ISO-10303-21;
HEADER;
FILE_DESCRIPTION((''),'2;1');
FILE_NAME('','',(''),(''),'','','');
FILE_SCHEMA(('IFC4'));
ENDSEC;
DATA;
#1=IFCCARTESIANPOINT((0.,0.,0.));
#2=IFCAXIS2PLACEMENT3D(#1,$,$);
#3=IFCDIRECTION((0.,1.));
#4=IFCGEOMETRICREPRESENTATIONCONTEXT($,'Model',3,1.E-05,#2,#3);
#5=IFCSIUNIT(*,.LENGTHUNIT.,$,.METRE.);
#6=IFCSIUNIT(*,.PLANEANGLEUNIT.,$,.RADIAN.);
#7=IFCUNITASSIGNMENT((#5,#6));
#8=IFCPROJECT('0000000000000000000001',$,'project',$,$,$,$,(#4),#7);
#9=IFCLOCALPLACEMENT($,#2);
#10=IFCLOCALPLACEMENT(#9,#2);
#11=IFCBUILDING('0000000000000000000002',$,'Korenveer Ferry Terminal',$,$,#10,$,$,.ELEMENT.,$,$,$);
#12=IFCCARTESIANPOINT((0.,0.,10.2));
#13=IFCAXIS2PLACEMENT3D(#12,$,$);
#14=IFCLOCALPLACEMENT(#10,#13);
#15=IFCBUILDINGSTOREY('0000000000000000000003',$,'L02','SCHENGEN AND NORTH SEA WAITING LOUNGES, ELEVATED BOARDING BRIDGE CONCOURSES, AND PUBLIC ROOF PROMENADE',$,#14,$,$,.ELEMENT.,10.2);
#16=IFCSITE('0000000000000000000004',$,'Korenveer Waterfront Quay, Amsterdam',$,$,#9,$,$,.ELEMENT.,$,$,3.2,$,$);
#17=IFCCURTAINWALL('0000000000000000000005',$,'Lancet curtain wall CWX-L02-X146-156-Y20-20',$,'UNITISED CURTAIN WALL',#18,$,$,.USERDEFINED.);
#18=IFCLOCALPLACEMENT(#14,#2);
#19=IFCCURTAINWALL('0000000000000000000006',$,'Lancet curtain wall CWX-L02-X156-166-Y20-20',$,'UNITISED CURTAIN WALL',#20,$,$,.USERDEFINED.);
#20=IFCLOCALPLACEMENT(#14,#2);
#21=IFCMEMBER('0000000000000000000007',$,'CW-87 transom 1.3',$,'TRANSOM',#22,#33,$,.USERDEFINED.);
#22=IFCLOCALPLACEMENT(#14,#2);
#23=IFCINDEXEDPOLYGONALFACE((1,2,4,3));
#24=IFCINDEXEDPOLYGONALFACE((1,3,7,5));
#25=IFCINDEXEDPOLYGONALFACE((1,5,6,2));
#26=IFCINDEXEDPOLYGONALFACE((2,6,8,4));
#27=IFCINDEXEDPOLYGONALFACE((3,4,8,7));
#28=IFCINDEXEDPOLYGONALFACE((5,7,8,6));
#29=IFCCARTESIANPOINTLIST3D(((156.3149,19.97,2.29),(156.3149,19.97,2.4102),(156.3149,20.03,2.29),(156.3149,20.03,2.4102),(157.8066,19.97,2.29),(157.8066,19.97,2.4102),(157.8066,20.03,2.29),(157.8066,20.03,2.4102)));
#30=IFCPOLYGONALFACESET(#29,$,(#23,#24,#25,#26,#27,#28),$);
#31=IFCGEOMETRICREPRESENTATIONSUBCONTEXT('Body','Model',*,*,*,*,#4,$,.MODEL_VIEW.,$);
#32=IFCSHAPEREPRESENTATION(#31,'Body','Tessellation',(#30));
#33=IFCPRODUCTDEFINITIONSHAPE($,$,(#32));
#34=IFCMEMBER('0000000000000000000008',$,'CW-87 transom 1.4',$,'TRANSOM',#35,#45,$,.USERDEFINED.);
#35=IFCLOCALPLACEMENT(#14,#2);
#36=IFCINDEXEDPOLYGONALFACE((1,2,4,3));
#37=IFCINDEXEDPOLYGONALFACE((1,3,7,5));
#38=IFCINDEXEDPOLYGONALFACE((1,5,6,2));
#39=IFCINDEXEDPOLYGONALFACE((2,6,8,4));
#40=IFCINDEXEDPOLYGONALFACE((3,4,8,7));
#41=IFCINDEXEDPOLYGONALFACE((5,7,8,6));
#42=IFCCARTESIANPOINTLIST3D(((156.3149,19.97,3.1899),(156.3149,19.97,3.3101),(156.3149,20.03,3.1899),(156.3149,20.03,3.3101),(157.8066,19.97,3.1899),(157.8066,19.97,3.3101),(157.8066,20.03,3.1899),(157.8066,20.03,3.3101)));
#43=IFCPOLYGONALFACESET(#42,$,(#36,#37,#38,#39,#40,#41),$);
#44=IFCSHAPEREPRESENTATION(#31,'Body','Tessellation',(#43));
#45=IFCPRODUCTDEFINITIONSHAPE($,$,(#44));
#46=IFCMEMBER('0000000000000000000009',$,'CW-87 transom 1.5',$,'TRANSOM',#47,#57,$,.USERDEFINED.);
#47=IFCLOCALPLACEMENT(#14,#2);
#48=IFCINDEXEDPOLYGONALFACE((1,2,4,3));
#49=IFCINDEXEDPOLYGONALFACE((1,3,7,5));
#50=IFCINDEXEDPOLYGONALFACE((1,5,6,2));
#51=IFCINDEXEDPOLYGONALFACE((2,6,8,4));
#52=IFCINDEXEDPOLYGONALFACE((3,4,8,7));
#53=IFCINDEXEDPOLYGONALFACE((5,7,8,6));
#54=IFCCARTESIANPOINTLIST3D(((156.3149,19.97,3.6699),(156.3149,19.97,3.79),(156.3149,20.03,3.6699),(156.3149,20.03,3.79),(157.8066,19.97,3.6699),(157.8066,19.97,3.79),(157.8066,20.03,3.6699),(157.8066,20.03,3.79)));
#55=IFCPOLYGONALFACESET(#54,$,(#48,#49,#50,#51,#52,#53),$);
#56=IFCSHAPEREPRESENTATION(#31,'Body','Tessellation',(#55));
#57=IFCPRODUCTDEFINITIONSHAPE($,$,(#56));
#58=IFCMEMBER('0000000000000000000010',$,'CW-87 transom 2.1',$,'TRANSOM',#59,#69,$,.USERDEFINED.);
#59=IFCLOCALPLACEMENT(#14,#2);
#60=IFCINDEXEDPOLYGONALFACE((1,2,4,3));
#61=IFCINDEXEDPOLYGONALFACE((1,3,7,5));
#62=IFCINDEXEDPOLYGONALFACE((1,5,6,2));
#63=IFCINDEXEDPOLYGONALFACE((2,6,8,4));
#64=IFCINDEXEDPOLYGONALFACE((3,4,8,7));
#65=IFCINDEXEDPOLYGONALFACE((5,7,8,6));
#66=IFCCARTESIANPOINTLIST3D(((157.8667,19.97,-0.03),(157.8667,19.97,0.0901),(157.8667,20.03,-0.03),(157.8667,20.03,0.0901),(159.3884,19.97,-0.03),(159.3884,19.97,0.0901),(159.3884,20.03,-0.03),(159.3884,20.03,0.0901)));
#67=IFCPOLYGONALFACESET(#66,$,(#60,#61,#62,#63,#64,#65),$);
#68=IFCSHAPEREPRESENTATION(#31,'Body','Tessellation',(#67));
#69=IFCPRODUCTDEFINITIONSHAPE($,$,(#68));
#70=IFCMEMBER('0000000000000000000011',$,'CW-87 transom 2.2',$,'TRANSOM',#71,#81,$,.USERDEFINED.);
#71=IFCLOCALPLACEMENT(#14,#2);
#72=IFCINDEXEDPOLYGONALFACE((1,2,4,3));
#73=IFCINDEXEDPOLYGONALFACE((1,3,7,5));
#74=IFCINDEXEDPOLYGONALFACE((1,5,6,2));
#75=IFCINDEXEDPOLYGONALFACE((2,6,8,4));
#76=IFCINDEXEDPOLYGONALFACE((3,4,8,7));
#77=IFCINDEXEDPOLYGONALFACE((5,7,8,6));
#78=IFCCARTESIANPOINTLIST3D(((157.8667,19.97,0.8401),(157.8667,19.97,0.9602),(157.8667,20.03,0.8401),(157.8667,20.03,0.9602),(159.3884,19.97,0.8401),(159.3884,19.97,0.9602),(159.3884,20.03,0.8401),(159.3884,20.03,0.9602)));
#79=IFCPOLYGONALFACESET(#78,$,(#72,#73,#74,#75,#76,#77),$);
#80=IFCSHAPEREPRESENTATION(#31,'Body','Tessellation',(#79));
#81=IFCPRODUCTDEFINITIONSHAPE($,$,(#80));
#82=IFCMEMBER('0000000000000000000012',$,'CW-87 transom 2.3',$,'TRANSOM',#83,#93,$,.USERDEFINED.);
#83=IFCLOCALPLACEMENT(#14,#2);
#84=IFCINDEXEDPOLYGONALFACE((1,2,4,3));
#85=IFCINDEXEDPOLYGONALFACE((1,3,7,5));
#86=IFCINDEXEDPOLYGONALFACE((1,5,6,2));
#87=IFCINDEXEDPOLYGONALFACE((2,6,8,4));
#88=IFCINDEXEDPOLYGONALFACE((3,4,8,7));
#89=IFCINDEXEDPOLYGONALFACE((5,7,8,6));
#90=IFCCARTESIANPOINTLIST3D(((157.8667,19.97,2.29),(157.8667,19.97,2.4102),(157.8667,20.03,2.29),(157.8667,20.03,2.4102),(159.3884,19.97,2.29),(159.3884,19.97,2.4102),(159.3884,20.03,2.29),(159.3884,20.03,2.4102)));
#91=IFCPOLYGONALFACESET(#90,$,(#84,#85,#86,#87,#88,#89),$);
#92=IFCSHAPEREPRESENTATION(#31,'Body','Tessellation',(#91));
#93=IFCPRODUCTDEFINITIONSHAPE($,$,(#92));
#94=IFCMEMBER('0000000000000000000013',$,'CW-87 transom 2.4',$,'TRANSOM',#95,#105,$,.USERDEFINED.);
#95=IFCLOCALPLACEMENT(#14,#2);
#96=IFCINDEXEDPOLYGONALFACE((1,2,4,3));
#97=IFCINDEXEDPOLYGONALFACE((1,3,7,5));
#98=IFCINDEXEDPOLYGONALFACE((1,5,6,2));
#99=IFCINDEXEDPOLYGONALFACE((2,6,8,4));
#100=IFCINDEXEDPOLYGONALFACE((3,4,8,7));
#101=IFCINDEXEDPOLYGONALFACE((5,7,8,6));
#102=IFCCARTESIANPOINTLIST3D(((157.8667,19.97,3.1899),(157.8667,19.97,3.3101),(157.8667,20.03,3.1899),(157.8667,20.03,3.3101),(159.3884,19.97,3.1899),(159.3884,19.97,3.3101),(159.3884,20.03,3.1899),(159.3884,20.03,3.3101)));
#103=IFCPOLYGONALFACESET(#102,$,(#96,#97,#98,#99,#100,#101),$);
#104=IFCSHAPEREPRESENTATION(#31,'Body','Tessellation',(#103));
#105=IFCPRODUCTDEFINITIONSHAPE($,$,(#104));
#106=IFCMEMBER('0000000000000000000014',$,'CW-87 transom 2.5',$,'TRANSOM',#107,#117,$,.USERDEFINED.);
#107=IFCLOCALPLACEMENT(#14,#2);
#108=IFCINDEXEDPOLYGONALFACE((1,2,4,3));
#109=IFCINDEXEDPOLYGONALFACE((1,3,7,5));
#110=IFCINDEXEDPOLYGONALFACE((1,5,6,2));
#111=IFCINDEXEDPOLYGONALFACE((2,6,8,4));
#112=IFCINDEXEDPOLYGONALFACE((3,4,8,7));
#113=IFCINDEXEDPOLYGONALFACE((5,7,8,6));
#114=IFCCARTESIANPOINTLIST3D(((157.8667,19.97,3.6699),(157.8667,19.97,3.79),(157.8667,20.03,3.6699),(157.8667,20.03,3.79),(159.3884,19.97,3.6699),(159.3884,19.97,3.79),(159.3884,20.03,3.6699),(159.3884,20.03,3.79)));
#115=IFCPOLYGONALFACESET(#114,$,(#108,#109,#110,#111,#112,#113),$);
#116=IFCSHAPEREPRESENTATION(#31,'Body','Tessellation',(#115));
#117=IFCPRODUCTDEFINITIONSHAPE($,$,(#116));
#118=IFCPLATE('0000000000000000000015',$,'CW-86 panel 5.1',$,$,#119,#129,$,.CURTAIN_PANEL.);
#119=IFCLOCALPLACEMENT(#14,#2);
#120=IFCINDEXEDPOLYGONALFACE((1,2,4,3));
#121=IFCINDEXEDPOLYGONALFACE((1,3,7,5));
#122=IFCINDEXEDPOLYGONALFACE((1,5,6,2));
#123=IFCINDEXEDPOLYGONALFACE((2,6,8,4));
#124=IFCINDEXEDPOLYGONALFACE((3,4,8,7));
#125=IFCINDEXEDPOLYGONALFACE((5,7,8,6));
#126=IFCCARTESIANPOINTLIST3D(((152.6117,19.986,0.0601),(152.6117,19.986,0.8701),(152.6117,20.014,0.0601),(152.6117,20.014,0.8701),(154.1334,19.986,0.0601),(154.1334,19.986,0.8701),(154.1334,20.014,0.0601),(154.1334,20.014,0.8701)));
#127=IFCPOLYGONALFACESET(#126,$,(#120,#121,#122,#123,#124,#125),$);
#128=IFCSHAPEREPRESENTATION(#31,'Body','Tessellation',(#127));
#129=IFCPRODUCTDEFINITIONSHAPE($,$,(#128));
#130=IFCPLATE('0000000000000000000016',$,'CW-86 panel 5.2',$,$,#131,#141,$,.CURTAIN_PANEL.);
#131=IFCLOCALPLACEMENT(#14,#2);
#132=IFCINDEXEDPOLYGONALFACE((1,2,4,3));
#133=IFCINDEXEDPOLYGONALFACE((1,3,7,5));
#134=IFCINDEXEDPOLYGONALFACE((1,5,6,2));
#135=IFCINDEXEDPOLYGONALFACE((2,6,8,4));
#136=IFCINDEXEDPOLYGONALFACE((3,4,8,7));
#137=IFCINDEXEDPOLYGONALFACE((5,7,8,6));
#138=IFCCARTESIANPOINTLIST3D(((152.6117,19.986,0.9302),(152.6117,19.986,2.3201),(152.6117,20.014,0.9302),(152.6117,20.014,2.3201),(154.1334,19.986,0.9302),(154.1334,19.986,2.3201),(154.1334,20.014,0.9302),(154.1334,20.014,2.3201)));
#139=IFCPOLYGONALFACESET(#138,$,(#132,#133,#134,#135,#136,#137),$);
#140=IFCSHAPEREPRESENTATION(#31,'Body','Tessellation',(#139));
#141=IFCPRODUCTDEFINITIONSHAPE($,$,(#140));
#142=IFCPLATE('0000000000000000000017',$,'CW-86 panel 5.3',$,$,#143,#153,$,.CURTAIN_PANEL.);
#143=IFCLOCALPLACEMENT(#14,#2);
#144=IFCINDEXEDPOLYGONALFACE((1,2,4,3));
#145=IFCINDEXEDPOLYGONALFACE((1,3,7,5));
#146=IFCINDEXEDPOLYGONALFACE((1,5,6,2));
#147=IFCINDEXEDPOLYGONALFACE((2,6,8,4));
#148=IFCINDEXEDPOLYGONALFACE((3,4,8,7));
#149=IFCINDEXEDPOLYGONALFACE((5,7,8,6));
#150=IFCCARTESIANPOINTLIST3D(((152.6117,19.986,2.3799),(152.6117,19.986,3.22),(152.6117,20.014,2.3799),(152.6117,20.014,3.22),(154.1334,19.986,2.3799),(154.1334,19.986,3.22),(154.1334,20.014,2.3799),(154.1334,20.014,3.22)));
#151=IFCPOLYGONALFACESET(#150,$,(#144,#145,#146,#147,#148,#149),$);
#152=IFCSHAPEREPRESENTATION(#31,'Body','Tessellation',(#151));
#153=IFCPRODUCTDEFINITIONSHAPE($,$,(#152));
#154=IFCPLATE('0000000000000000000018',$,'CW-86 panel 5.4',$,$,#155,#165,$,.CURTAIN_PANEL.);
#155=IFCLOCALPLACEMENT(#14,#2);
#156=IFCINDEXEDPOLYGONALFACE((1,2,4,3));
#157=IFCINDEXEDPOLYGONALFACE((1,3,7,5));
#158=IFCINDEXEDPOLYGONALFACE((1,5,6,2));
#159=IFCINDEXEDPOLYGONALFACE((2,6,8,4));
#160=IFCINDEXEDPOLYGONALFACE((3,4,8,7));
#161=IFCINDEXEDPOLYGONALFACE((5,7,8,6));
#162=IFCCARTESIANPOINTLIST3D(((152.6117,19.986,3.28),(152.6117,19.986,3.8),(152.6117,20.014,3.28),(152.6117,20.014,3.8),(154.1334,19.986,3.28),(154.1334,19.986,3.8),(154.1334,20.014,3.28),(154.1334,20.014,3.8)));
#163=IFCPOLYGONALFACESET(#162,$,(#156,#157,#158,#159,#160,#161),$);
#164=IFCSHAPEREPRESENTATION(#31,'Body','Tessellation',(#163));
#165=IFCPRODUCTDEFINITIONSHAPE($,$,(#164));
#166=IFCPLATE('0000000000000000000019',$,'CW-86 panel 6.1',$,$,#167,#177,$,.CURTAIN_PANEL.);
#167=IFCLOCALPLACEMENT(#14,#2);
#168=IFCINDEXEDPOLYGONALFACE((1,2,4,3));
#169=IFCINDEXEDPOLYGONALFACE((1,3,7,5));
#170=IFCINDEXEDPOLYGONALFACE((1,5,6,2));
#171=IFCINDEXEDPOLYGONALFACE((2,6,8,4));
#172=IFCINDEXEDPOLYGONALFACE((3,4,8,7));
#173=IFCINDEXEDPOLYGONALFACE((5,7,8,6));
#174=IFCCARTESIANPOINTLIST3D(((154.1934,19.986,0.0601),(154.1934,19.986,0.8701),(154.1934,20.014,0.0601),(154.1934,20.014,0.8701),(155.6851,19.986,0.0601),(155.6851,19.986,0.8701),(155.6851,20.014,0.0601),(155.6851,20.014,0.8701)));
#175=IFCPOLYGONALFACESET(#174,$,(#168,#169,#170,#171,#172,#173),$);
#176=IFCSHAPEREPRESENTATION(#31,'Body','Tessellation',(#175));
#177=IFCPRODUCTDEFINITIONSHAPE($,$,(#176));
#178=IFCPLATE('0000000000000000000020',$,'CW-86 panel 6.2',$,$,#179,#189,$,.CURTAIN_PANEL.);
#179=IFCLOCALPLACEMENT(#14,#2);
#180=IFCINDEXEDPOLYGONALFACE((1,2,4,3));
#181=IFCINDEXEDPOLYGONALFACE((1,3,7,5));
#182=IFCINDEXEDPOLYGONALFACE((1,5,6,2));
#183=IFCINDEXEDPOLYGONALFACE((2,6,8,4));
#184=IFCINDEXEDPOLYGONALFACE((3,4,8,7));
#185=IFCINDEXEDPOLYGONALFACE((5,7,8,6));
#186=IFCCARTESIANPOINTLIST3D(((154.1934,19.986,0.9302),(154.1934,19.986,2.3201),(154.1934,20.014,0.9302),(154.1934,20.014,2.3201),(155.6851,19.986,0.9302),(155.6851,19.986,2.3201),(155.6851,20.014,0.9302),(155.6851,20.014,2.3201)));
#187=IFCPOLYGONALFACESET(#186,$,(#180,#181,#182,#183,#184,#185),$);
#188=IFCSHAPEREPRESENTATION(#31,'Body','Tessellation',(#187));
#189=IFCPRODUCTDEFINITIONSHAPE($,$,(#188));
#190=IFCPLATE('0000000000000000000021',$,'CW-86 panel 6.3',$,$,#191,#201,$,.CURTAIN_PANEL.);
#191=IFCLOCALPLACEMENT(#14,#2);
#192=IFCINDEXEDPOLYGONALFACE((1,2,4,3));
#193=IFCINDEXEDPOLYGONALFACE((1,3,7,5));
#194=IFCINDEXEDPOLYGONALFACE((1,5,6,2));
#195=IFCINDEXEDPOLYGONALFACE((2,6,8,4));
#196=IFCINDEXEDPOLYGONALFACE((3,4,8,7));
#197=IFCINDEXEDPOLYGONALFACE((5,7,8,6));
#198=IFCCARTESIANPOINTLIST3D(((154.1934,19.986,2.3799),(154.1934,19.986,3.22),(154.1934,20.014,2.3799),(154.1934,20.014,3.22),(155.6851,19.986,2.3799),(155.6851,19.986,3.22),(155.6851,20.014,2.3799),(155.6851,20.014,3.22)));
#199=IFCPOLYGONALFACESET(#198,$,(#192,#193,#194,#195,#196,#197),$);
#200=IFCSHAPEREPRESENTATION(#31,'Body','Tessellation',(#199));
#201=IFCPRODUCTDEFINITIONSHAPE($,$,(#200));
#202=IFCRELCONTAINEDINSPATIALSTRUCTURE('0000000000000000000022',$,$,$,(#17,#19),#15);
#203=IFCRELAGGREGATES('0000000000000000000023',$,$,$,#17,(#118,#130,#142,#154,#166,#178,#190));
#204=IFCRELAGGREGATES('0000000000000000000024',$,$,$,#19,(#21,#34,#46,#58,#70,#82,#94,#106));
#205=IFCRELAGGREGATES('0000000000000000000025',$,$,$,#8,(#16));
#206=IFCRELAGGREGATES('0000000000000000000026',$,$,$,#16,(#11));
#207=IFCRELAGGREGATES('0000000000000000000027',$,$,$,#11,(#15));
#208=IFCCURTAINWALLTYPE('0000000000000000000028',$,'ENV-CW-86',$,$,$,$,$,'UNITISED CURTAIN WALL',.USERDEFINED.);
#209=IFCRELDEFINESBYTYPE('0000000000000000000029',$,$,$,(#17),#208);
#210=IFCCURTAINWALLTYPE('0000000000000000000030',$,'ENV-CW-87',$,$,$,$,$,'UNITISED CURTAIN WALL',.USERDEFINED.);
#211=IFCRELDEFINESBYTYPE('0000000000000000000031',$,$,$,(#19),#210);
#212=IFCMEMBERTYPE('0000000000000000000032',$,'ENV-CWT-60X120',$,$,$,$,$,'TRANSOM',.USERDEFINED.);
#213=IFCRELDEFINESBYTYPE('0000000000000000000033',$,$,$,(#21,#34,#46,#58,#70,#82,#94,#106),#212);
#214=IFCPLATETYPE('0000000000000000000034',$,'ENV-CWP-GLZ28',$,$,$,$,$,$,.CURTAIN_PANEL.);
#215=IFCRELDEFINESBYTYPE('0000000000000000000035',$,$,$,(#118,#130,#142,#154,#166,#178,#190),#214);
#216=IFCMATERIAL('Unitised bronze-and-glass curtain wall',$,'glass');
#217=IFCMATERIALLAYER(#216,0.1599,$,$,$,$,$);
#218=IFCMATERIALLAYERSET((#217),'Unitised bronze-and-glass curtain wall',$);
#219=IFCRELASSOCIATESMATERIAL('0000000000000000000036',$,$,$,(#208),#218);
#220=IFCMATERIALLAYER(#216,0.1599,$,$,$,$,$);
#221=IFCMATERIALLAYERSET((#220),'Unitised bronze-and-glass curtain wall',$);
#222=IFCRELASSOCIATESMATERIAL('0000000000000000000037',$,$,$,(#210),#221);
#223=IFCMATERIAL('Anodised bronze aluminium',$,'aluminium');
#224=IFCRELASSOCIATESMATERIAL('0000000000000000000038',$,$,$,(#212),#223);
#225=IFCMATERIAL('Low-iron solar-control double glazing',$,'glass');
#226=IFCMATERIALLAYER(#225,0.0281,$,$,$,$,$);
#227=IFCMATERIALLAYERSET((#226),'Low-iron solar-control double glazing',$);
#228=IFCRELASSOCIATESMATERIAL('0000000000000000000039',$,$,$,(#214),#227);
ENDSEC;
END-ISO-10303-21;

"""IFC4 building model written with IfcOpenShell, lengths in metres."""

from ifc_helpers import new_model, si_unit, direction, frame, origin, origin_2d, place, context, subcontext, project, spatial, rectangle, extrude, material, layer, layer_set, material_profile, profile_set, type_object, element, aggregate, save


model = new_model("IFC4")

# Units and contexts
model_context = context("Model", 3, precision=1e-05, world=origin(), true_north=direction((0.0, 1.0)))
body_context = subcontext(model_context, "Body", "Model", "MODEL_VIEW")
ifc_project = project(units=[si_unit("LENGTHUNIT", "METRE"), si_unit("PLANEANGLEUNIT", "RADIAN")], contexts=[model_context])

# Site, building, storey
site_placement = place(None, origin())
site = spatial("IfcSite", under=ifc_project, at=site_placement, Name="Korenveer Waterfront Quay, Amsterdam", CompositionType="ELEMENT", RefElevation=3.2)
building_placement = place(site_placement, origin())
building = spatial("IfcBuilding", under=site, at=building_placement, Name="Korenveer Ferry Terminal", CompositionType="ELEMENT")
storey_placement = place(building_placement, frame((0.0, 0.0, 10.2)))
storey = spatial("IfcBuildingStorey", under=building, at=storey_placement, Name="L02", Description="SCHENGEN AND NORTH SEA WAITING LOUNGES, ELEVATED BOARDING BRIDGE CONCOURSES, AND PUBLIC ROOF PROMENADE", CompositionType="ELEMENT", Elevation=10.2)

# Curtain walls
ifc_material_1 = material(Name="Unitised bronze-and-glass curtain wall", Category="glass")
ifc_layer_1 = layer(ifc_material_1, 0.1599)
ifc_layer_set_1 = layer_set([ifc_layer_1], Name="Unitised bronze-and-glass curtain wall")
curtain_wall_type_1 = type_object("IfcCurtainWallType", Name="ENV-CW-86", ElementType="UNITISED CURTAIN WALL", PredefinedType="USERDEFINED", material=ifc_layer_set_1)
curtain_wall_1_placement = place(storey_placement, frame((146.2549, 20.0, 0.0)))
curtain_wall_1 = element("IfcCurtainWall", 1, at=curtain_wall_1_placement, inside=storey, type_object=curtain_wall_type_1, Name="Lancet curtain wall CWX-L02-X146-156-Y20-20", ObjectType="UNITISED CURTAIN WALL", PredefinedType="USERDEFINED")
ifc_material_2 = material(Name="Anodised bronze aluminium", Category="aluminium")
ifc_layer_2 = layer(ifc_material_1, 0.1599)
ifc_layer_set_2 = layer_set([ifc_layer_2], Name="Unitised bronze-and-glass curtain wall")
curtain_wall_type_2 = type_object("IfcCurtainWallType", Name="ENV-CW-87", ElementType="UNITISED CURTAIN WALL", PredefinedType="USERDEFINED", material=ifc_layer_set_2)
curtain_wall_2_placement = place(storey_placement, frame((156.2549, 20.0, 0.0)))
curtain_wall_2 = element("IfcCurtainWall", 2, at=curtain_wall_2_placement, inside=storey, type_object=curtain_wall_type_2, Name="Lancet curtain wall CWX-L02-X156-166-Y20-20", ObjectType="UNITISED CURTAIN WALL", PredefinedType="USERDEFINED")

# Members
ifc_material_profile_1 = material_profile(ifc_material_2, rectangle(XDim=0.0601, YDim=0.1201, at=origin_2d()), Name="ALU 60x120")
ifc_profile_set_1 = profile_set([ifc_material_profile_1], Name="Anodised bronze aluminium")
member_type_1 = type_object("IfcMemberType", Name="ENV-CWT-60X120", ElementType="TRANSOM", PredefinedType="USERDEFINED", material=ifc_profile_set_1)
member_1_placement = place(storey_placement, frame((156.3149, 20.0, 2.3501), z_axis=(1.0, 0.0, 0.0), x_axis=(0.0, 1.0, 0.0)))
member_1 = element("IfcMember", 3, at=member_1_placement, type_object=member_type_1, Name="CW-87 transom 1.3", ObjectType="TRANSOM", PredefinedType="USERDEFINED", context=body_context, shape_type="SweptSolid", body=[
    extrude(rectangle(XDim=0.0601, YDim=0.1201, at=origin_2d()), origin(), (0.0, 0.0, 1.0), 1.4917),
])
member_2_placement = place(storey_placement, frame((156.3149, 20.0, 3.25), z_axis=(1.0, 0.0, 0.0), x_axis=(0.0, 1.0, 0.0)))
member_2 = element("IfcMember", 4, at=member_2_placement, type_object=member_type_1, Name="CW-87 transom 1.4", ObjectType="TRANSOM", PredefinedType="USERDEFINED", context=body_context, shape_type="SweptSolid", body=[
    extrude(rectangle(XDim=0.0601, YDim=0.1201, at=origin_2d()), origin(), (0.0, 0.0, 1.0), 1.4917),
])
member_3_placement = place(storey_placement, frame((156.3149, 20.0, 3.73), z_axis=(1.0, 0.0, 0.0), x_axis=(0.0, 1.0, 0.0)))
member_3 = element("IfcMember", 5, at=member_3_placement, type_object=member_type_1, Name="CW-87 transom 1.5", ObjectType="TRANSOM", PredefinedType="USERDEFINED", context=body_context, shape_type="SweptSolid", body=[
    extrude(rectangle(XDim=0.0601, YDim=0.1201, at=origin_2d()), origin(), (0.0, 0.0, 1.0), 1.4917),
])
member_4_placement = place(storey_placement, frame((157.8667, 20.0, 0.03), z_axis=(1.0, 0.0, 0.0), x_axis=(0.0, 1.0, 0.0)))
member_4 = element("IfcMember", 6, at=member_4_placement, type_object=member_type_1, Name="CW-87 transom 2.1", ObjectType="TRANSOM", PredefinedType="USERDEFINED", context=body_context, shape_type="SweptSolid", body=[
    extrude(rectangle(XDim=0.0601, YDim=0.1201, at=origin_2d()), origin(), (0.0, 0.0, 1.0), 1.5217),
])
member_5_placement = place(storey_placement, frame((157.8667, 20.0, 0.9001), z_axis=(1.0, 0.0, 0.0), x_axis=(0.0, 1.0, 0.0)))
member_5 = element("IfcMember", 7, at=member_5_placement, type_object=member_type_1, Name="CW-87 transom 2.2", ObjectType="TRANSOM", PredefinedType="USERDEFINED", context=body_context, shape_type="SweptSolid", body=[
    extrude(rectangle(XDim=0.0601, YDim=0.1201, at=origin_2d()), origin(), (0.0, 0.0, 1.0), 1.5217),
])
member_6_placement = place(storey_placement, frame((157.8667, 20.0, 2.3501), z_axis=(1.0, 0.0, 0.0), x_axis=(0.0, 1.0, 0.0)))
member_6 = element("IfcMember", 8, at=member_6_placement, type_object=member_type_1, Name="CW-87 transom 2.3", ObjectType="TRANSOM", PredefinedType="USERDEFINED", context=body_context, shape_type="SweptSolid", body=[
    extrude(rectangle(XDim=0.0601, YDim=0.1201, at=origin_2d()), origin(), (0.0, 0.0, 1.0), 1.5217),
])
member_7_placement = place(storey_placement, frame((157.8667, 20.0, 3.25), z_axis=(1.0, 0.0, 0.0), x_axis=(0.0, 1.0, 0.0)))
member_7 = element("IfcMember", 9, at=member_7_placement, type_object=member_type_1, Name="CW-87 transom 2.4", ObjectType="TRANSOM", PredefinedType="USERDEFINED", context=body_context, shape_type="SweptSolid", body=[
    extrude(rectangle(XDim=0.0601, YDim=0.1201, at=origin_2d()), origin(), (0.0, 0.0, 1.0), 1.5217),
])
member_8_placement = place(storey_placement, frame((157.8667, 20.0, 3.73), z_axis=(1.0, 0.0, 0.0), x_axis=(0.0, 1.0, 0.0)))
member_8 = element("IfcMember", 10, at=member_8_placement, type_object=member_type_1, Name="CW-87 transom 2.5", ObjectType="TRANSOM", PredefinedType="USERDEFINED", context=body_context, shape_type="SweptSolid", body=[
    extrude(rectangle(XDim=0.0601, YDim=0.1201, at=origin_2d()), origin(), (0.0, 0.0, 1.0), 1.5217),
])

# Plates
ifc_material_3 = material(Name="Low-iron solar-control double glazing", Category="glass")
ifc_layer_3 = layer(ifc_material_3, 0.0281)
ifc_layer_set_3 = layer_set([ifc_layer_3], Name="Low-iron solar-control double glazing")
plate_type = type_object("IfcPlateType", Name="ENV-CWP-GLZ28", PredefinedType="CURTAIN_PANEL", material=ifc_layer_set_3)
plate_1_placement = place(storey_placement, frame((153.3726, 20.0, 0.0601), z_axis=(0.0, 0.0, 1.0), x_axis=(1.0, 0.0, 0.0)))
plate_1 = element("IfcPlate", 11, at=plate_1_placement, type_object=plate_type, Name="CW-86 panel 5.1", PredefinedType="CURTAIN_PANEL", context=body_context, shape_type="SweptSolid", body=[
    extrude(rectangle(XDim=1.5217, YDim=0.0281, at=origin_2d()), origin(), (0.0, 0.0, 1.0), 0.8101),
])
plate_2_placement = place(storey_placement, frame((153.3726, 20.0, 0.9302), z_axis=(0.0, 0.0, 1.0), x_axis=(1.0, 0.0, 0.0)))
plate_2 = element("IfcPlate", 12, at=plate_2_placement, type_object=plate_type, Name="CW-86 panel 5.2", PredefinedType="CURTAIN_PANEL", context=body_context, shape_type="SweptSolid", body=[
    extrude(rectangle(XDim=1.5217, YDim=0.0281, at=origin_2d()), origin(), (0.0, 0.0, 1.0), 1.3899),
])
plate_3_placement = place(storey_placement, frame((153.3726, 20.0, 2.3799), z_axis=(0.0, 0.0, 1.0), x_axis=(1.0, 0.0, 0.0)))
plate_3 = element("IfcPlate", 13, at=plate_3_placement, type_object=plate_type, Name="CW-86 panel 5.3", PredefinedType="CURTAIN_PANEL", context=body_context, shape_type="SweptSolid", body=[
    extrude(rectangle(XDim=1.5217, YDim=0.0281, at=origin_2d()), origin(), (0.0, 0.0, 1.0), 0.8401),
])
plate_4_placement = place(storey_placement, frame((153.3726, 20.0, 3.28), z_axis=(0.0, 0.0, 1.0), x_axis=(1.0, 0.0, 0.0)))
plate_4 = element("IfcPlate", 14, at=plate_4_placement, type_object=plate_type, Name="CW-86 panel 5.4", PredefinedType="CURTAIN_PANEL", context=body_context, shape_type="SweptSolid", body=[
    extrude(rectangle(XDim=1.5217, YDim=0.0281, at=origin_2d()), origin(), (0.0, 0.0, 1.0), 0.52),
])
plate_5_placement = place(storey_placement, frame((154.9392, 20.0, 0.0601), z_axis=(0.0, 0.0, 1.0), x_axis=(1.0, 0.0, 0.0)))
plate_5 = element("IfcPlate", 15, at=plate_5_placement, type_object=plate_type, Name="CW-86 panel 6.1", PredefinedType="CURTAIN_PANEL", context=body_context, shape_type="SweptSolid", body=[
    extrude(rectangle(XDim=1.4917, YDim=0.0281, at=origin_2d()), origin(), (0.0, 0.0, 1.0), 0.8101),
])
plate_6_placement = place(storey_placement, frame((154.9392, 20.0, 0.9302), z_axis=(0.0, 0.0, 1.0), x_axis=(1.0, 0.0, 0.0)))
plate_6 = element("IfcPlate", 16, at=plate_6_placement, type_object=plate_type, Name="CW-86 panel 6.2", PredefinedType="CURTAIN_PANEL", context=body_context, shape_type="SweptSolid", body=[
    extrude(rectangle(XDim=1.4917, YDim=0.0281, at=origin_2d()), origin(), (0.0, 0.0, 1.0), 1.3899),
])
plate_7_placement = place(storey_placement, frame((154.9392, 20.0, 2.3799), z_axis=(0.0, 0.0, 1.0), x_axis=(1.0, 0.0, 0.0)))
plate_7 = element("IfcPlate", 17, at=plate_7_placement, type_object=plate_type, Name="CW-86 panel 6.3", PredefinedType="CURTAIN_PANEL", context=body_context, shape_type="SweptSolid", body=[
    extrude(rectangle(XDim=1.4917, YDim=0.0281, at=origin_2d()), origin(), (0.0, 0.0, 1.0), 0.8401),
])
aggregate(curtain_wall_1, [plate_1, plate_2, plate_3, plate_4, plate_5, plate_6, plate_7])
aggregate(curtain_wall_2, [member_1, member_2, member_3, member_4, member_5, member_6, member_7, member_8])

save(model, "model.ifc")
